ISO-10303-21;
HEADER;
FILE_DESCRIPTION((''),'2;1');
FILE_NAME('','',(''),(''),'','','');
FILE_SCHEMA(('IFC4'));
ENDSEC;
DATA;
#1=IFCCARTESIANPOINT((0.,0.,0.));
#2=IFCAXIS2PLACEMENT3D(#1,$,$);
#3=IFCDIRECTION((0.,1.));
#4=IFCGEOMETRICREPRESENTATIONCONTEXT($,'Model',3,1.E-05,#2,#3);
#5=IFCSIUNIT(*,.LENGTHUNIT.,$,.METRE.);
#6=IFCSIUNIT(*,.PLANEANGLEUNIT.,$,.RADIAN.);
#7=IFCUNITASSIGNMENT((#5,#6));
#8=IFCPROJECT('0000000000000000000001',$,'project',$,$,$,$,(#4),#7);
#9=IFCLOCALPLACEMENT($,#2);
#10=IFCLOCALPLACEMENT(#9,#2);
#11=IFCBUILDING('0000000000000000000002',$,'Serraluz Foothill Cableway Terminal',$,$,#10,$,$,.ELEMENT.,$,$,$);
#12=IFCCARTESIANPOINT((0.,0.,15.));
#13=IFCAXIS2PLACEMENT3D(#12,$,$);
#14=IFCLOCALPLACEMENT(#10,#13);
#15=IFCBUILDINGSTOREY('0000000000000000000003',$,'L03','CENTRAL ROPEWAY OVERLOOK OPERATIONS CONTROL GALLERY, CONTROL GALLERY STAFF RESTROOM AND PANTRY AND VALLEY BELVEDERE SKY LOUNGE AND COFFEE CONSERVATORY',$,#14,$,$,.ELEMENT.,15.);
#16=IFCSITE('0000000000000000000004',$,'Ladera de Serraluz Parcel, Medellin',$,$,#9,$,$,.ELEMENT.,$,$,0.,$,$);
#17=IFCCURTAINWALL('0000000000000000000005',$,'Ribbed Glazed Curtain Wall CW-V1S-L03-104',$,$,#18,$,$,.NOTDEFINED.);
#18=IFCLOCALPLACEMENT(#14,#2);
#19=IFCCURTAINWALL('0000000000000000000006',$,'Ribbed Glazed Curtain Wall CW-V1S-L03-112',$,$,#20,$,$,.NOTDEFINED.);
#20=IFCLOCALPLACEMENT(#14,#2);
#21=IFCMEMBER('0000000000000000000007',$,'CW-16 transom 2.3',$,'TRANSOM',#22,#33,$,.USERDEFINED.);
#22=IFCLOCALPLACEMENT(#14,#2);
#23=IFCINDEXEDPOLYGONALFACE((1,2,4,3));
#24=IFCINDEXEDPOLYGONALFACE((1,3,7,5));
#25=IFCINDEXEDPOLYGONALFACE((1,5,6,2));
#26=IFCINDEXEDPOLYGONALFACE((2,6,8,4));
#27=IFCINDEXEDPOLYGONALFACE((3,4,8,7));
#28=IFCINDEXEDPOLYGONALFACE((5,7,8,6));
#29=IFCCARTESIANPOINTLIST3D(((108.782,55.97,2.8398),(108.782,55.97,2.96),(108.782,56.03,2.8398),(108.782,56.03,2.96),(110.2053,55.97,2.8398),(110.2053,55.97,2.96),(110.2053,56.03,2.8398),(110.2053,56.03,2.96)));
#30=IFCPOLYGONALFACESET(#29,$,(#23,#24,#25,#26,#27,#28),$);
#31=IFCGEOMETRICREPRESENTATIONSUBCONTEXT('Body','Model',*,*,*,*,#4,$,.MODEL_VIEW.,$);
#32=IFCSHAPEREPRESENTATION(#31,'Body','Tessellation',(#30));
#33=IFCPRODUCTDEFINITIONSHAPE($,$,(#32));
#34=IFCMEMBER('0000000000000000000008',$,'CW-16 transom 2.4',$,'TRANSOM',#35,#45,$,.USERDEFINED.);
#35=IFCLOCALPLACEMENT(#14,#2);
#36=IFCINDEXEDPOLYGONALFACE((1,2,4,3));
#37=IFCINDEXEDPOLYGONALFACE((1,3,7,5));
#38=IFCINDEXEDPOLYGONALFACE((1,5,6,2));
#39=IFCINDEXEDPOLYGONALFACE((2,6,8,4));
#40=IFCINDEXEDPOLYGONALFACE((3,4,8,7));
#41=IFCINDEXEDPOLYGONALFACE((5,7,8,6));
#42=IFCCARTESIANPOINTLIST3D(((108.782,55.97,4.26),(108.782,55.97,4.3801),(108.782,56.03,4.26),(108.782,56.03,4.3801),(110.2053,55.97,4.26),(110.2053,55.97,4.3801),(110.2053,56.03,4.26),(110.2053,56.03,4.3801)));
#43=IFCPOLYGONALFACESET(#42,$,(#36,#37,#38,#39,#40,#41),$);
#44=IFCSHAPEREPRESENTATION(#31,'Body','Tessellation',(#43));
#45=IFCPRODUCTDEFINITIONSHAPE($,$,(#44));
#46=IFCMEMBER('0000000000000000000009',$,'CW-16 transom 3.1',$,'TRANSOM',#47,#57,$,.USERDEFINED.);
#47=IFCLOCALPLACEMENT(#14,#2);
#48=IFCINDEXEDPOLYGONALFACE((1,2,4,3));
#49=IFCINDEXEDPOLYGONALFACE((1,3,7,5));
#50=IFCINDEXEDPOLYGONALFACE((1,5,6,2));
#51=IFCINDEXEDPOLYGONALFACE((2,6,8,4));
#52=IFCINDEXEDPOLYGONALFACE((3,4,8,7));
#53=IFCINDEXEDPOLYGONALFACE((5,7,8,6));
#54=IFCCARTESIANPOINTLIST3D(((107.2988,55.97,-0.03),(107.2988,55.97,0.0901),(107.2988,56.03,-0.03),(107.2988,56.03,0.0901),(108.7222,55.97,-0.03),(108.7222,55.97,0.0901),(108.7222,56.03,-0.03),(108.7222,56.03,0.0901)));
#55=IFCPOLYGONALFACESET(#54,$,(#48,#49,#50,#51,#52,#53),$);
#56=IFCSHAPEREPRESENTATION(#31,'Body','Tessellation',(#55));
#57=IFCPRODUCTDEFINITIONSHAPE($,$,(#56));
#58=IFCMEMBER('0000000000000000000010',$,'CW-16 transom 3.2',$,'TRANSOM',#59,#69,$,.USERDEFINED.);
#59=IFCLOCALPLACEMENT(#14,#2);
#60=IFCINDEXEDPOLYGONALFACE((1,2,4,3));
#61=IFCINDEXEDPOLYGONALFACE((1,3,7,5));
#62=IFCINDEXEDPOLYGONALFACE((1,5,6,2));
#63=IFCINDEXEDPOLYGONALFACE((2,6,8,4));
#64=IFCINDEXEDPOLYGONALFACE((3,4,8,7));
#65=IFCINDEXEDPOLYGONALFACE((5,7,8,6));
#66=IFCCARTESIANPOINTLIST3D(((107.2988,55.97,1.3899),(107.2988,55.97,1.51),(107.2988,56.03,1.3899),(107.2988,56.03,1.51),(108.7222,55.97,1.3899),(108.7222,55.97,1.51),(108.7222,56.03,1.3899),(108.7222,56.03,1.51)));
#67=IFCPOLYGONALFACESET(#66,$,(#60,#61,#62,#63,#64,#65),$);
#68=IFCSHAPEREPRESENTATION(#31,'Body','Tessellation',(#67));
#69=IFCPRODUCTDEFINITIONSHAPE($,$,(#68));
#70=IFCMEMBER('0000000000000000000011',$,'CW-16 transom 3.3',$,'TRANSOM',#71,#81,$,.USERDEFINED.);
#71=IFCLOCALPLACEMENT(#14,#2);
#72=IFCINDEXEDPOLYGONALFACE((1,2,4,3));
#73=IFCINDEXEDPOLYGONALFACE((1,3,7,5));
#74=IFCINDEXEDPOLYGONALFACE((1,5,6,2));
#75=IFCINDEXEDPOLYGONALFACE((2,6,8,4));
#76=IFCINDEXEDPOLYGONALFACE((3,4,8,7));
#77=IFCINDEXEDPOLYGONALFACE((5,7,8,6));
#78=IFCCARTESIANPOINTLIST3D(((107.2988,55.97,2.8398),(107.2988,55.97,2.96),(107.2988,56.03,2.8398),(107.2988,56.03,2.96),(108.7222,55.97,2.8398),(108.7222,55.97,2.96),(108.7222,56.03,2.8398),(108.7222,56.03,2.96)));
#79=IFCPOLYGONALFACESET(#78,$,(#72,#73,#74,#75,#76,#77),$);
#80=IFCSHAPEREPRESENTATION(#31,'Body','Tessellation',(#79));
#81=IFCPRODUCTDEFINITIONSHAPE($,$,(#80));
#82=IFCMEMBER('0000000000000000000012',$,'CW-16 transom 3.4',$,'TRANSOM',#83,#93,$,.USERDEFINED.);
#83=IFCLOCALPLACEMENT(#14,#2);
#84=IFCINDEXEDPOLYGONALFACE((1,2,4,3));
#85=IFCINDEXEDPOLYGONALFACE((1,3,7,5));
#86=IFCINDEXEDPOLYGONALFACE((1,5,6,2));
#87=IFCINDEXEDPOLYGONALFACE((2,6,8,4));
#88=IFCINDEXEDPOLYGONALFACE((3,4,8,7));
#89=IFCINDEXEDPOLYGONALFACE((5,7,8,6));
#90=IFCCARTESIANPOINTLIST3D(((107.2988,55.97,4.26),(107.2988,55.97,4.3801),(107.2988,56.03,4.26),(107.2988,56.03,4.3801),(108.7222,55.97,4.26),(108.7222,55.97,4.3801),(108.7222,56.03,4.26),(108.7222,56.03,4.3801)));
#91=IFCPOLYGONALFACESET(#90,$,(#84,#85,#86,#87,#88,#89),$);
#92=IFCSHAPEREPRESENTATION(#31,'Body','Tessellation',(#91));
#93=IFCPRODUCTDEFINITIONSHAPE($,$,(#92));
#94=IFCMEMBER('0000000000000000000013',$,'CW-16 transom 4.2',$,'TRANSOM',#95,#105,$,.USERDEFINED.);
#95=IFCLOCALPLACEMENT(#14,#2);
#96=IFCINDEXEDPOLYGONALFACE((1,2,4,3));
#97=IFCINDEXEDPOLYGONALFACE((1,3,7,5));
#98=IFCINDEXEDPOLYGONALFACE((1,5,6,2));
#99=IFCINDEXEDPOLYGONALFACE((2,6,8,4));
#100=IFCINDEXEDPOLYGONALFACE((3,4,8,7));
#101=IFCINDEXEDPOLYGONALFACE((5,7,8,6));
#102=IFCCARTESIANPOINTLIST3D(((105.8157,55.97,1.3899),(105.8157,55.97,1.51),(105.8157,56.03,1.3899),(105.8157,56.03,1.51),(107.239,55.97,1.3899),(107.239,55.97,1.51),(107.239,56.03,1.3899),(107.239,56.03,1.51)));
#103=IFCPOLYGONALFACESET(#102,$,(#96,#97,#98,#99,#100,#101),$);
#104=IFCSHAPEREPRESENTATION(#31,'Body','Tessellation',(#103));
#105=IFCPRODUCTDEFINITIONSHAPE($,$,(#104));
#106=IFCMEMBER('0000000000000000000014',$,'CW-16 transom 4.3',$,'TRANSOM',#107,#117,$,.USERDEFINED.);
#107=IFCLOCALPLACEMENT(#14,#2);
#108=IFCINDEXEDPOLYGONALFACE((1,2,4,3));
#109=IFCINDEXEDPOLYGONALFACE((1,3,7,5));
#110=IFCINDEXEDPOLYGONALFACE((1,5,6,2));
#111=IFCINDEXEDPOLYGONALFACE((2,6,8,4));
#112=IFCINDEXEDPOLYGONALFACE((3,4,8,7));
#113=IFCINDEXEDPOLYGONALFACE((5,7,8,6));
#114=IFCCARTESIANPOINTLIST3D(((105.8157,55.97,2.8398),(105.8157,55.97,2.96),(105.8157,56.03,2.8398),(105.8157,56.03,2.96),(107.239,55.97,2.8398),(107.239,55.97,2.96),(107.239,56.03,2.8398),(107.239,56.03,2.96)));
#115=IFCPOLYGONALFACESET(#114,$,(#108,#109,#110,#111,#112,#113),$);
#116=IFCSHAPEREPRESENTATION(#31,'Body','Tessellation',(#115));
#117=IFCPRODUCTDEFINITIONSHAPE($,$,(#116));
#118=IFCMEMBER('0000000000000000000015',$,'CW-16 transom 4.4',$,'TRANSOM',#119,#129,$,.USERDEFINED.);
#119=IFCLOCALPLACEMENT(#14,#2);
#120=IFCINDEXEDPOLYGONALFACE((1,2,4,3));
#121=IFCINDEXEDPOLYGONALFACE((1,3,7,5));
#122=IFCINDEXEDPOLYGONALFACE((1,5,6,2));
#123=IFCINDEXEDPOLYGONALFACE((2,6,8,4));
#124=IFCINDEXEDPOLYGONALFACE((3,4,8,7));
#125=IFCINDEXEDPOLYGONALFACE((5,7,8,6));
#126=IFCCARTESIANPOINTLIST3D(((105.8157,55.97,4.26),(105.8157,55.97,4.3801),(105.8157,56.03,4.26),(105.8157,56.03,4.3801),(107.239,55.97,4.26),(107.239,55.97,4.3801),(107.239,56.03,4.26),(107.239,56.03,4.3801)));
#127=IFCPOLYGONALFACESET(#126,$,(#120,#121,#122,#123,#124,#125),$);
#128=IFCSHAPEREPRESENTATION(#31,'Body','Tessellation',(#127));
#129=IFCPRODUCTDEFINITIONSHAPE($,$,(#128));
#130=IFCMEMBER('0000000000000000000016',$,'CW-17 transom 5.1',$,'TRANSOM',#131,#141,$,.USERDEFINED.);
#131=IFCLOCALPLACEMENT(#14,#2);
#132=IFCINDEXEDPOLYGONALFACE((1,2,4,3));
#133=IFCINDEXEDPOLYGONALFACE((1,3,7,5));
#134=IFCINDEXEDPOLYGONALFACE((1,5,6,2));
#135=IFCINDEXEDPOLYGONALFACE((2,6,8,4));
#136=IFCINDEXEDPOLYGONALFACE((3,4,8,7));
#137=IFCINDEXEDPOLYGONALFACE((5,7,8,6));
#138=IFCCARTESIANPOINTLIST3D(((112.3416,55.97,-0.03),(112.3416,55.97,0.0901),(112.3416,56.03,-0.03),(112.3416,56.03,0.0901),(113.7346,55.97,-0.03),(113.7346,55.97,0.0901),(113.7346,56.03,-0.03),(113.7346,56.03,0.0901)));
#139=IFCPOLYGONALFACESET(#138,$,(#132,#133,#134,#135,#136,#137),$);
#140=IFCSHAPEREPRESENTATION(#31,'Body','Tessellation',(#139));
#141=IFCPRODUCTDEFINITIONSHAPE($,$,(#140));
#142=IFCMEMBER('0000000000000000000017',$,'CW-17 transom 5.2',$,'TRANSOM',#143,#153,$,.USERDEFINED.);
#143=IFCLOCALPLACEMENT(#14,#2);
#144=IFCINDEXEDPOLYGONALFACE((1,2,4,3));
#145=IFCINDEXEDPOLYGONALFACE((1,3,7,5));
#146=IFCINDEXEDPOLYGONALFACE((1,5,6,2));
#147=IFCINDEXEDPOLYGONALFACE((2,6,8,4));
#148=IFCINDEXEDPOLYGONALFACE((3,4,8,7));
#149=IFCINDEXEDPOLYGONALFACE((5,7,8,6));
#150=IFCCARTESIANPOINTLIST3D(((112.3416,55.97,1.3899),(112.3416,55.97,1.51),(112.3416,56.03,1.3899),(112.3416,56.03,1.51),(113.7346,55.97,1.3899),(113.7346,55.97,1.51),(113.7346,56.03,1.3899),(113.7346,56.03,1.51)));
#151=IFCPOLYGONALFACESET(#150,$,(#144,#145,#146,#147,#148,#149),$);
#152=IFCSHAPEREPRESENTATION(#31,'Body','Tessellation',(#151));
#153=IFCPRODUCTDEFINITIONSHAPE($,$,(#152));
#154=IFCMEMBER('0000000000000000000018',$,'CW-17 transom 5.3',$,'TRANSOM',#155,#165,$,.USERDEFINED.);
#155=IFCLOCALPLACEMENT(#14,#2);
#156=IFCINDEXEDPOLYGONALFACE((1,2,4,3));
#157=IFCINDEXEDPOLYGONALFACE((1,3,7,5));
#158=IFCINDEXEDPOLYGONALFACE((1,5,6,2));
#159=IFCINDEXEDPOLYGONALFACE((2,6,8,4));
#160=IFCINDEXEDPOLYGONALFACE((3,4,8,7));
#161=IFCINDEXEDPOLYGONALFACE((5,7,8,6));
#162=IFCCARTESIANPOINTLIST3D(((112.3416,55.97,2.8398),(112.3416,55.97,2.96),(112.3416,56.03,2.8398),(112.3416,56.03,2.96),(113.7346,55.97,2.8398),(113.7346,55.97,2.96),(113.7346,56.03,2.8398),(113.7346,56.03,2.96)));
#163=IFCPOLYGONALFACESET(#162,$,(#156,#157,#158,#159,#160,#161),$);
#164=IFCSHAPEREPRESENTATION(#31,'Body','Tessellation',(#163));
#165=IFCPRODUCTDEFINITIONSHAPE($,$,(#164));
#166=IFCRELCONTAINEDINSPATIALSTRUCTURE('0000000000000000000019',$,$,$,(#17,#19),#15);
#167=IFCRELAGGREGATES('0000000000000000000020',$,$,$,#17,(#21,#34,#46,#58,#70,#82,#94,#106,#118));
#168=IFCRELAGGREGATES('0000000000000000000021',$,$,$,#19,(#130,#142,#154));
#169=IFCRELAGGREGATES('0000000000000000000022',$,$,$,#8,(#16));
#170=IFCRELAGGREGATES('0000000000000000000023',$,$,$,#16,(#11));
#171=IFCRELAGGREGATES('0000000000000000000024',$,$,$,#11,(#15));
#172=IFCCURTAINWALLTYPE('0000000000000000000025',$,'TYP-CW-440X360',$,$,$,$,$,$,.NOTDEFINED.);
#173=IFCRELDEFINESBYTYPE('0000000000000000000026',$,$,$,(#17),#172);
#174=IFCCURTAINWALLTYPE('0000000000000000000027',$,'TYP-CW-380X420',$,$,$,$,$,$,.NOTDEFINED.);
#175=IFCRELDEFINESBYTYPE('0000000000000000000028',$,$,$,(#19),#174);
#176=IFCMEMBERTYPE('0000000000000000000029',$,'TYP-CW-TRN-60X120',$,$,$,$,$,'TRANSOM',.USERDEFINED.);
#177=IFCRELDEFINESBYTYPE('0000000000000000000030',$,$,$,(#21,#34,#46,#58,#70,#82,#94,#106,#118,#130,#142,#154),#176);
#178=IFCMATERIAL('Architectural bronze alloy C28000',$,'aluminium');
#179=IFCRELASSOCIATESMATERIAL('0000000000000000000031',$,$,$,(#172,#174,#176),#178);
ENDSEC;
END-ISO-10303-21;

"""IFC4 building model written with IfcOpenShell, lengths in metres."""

from ifc_helpers import new_model, si_unit, direction, frame, origin, origin_2d, place, context, subcontext, project, spatial, rectangle, extrude, material, material_profile, profile_set, type_object, element, aggregate, save


model = new_model("IFC4")

# Units and contexts
model_context = context("Model", 3, precision=1e-05, world=origin(), true_north=direction((0.0, 1.0)))
body_context = subcontext(model_context, "Body", "Model", "MODEL_VIEW")
ifc_project = project(units=[si_unit("LENGTHUNIT", "METRE"), si_unit("PLANEANGLEUNIT", "RADIAN")], contexts=[model_context])

# Site, building, storey
site_placement = place(None, origin())
site = spatial("IfcSite", under=ifc_project, at=site_placement, Name="Ladera de Serraluz Parcel, Medellin", CompositionType="ELEMENT", RefElevation=0.0)
building_placement = place(site_placement, origin())
building = spatial("IfcBuilding", under=site, at=building_placement, Name="Serraluz Foothill Cableway Terminal", CompositionType="ELEMENT")
storey_placement = place(building_placement, frame((0.0, 0.0, 15.0)))
storey = spatial("IfcBuildingStorey", under=building, at=storey_placement, Name="L03", Description="CENTRAL ROPEWAY OVERLOOK OPERATIONS CONTROL GALLERY, CONTROL GALLERY STAFF RESTROOM AND PANTRY AND VALLEY BELVEDERE SKY LOUNGE AND COFFEE CONSERVATORY", CompositionType="ELEMENT", Elevation=15.0)

# Curtain wall
ifc_material_1 = material(Name="Architectural bronze alloy C28000", Category="aluminium")
curtain_wall_type_1 = type_object("IfcCurtainWallType", Name="TYP-CW-440X360", PredefinedType="NOTDEFINED", material=ifc_material_1)
curtain_wall_1_placement = place(storey_placement, origin())
curtain_wall_1 = element("IfcCurtainWall", 1, at=curtain_wall_1_placement, inside=storey, type_object=curtain_wall_type_1, Name="Ribbed Glazed Curtain Wall CW-V1S-L03-104", PredefinedType="NOTDEFINED")

# Curtain wall
curtain_wall_type_2 = type_object("IfcCurtainWallType", Name="TYP-CW-380X420", PredefinedType="NOTDEFINED", material=ifc_material_1)
curtain_wall_2_placement = place(storey_placement, origin())
curtain_wall_2 = element("IfcCurtainWall", 2, at=curtain_wall_2_placement, inside=storey, type_object=curtain_wall_type_2, Name="Ribbed Glazed Curtain Wall CW-V1S-L03-112", PredefinedType="NOTDEFINED")

# Members
ifc_material_profile_1 = material_profile(ifc_material_1, rectangle(XDim=0.0601, YDim=0.1201, at=origin_2d()), Name="ALU TRANSOM 60x120")
ifc_profile_set_1 = profile_set([ifc_material_profile_1], Name="Architectural bronze alloy C28000")
member_type_1 = type_object("IfcMemberType", Name="TYP-CW-TRN-60X120", ElementType="TRANSOM", PredefinedType="USERDEFINED", material=ifc_profile_set_1)
member_1_placement = place(storey_placement, frame((110.2053, 56.0, 2.8999), z_axis=(-1.0, 0.0, 0.0), x_axis=(0.0, -1.0, 0.0)))
member_1 = element("IfcMember", 3, at=member_1_placement, type_object=member_type_1, Name="CW-16 transom 2.3", ObjectType="TRANSOM", PredefinedType="USERDEFINED", context=body_context, shape_type="SweptSolid", body=[
    extrude(rectangle(XDim=0.0601, YDim=0.1201, at=origin_2d()), origin(), (0.0, 0.0, 1.0), 1.4233),
])
member_2_placement = place(storey_placement, frame((110.2053, 56.0, 4.3201), z_axis=(-1.0, 0.0, 0.0), x_axis=(0.0, -1.0, 0.0)))
member_2 = element("IfcMember", 4, at=member_2_placement, type_object=member_type_1, Name="CW-16 transom 2.4", ObjectType="TRANSOM", PredefinedType="USERDEFINED", context=body_context, shape_type="SweptSolid", body=[
    extrude(rectangle(XDim=0.0601, YDim=0.1201, at=origin_2d()), origin(), (0.0, 0.0, 1.0), 1.4233),
])
member_3_placement = place(storey_placement, frame((108.7222, 56.0, 0.03), z_axis=(-1.0, 0.0, 0.0), x_axis=(0.0, -1.0, 0.0)))
member_3 = element("IfcMember", 5, at=member_3_placement, type_object=member_type_1, Name="CW-16 transom 3.1", ObjectType="TRANSOM", PredefinedType="USERDEFINED", context=body_context, shape_type="SweptSolid", body=[
    extrude(rectangle(XDim=0.0601, YDim=0.1201, at=origin_2d()), origin(), (0.0, 0.0, 1.0), 1.4233),
])
member_4_placement = place(storey_placement, frame((108.7222, 56.0, 1.45), z_axis=(-1.0, 0.0, 0.0), x_axis=(0.0, -1.0, 0.0)))
member_4 = element("IfcMember", 6, at=member_4_placement, type_object=member_type_1, Name="CW-16 transom 3.2", ObjectType="TRANSOM", PredefinedType="USERDEFINED", context=body_context, shape_type="SweptSolid", body=[
    extrude(rectangle(XDim=0.0601, YDim=0.1201, at=origin_2d()), origin(), (0.0, 0.0, 1.0), 1.4233),
])
member_5_placement = place(storey_placement, frame((108.7222, 56.0, 2.8999), z_axis=(-1.0, 0.0, 0.0), x_axis=(0.0, -1.0, 0.0)))
member_5 = element("IfcMember", 7, at=member_5_placement, type_object=member_type_1, Name="CW-16 transom 3.3", ObjectType="TRANSOM", PredefinedType="USERDEFINED", context=body_context, shape_type="SweptSolid", body=[
    extrude(rectangle(XDim=0.0601, YDim=0.1201, at=origin_2d()), origin(), (0.0, 0.0, 1.0), 1.4233),
])
member_6_placement = place(storey_placement, frame((108.7222, 56.0, 4.3201), z_axis=(-1.0, 0.0, 0.0), x_axis=(0.0, -1.0, 0.0)))
member_6 = element("IfcMember", 8, at=member_6_placement, type_object=member_type_1, Name="CW-16 transom 3.4", ObjectType="TRANSOM", PredefinedType="USERDEFINED", context=body_context, shape_type="SweptSolid", body=[
    extrude(rectangle(XDim=0.0601, YDim=0.1201, at=origin_2d()), origin(), (0.0, 0.0, 1.0), 1.4233),
])
member_7_placement = place(storey_placement, frame((107.239, 56.0, 1.45), z_axis=(-1.0, 0.0, 0.0), x_axis=(0.0, -1.0, 0.0)))
member_7 = element("IfcMember", 9, at=member_7_placement, type_object=member_type_1, Name="CW-16 transom 4.2", ObjectType="TRANSOM", PredefinedType="USERDEFINED", context=body_context, shape_type="SweptSolid", body=[
    extrude(rectangle(XDim=0.0601, YDim=0.1201, at=origin_2d()), origin(), (0.0, 0.0, 1.0), 1.4233),
])
member_8_placement = place(storey_placement, frame((107.239, 56.0, 2.8999), z_axis=(-1.0, 0.0, 0.0), x_axis=(0.0, -1.0, 0.0)))
member_8 = element("IfcMember", 10, at=member_8_placement, type_object=member_type_1, Name="CW-16 transom 4.3", ObjectType="TRANSOM", PredefinedType="USERDEFINED", context=body_context, shape_type="SweptSolid", body=[
    extrude(rectangle(XDim=0.0601, YDim=0.1201, at=origin_2d()), origin(), (0.0, 0.0, 1.0), 1.4233),
])
member_9_placement = place(storey_placement, frame((107.239, 56.0, 4.3201), z_axis=(-1.0, 0.0, 0.0), x_axis=(0.0, -1.0, 0.0)))
member_9 = element("IfcMember", 11, at=member_9_placement, type_object=member_type_1, Name="CW-16 transom 4.4", ObjectType="TRANSOM", PredefinedType="USERDEFINED", context=body_context, shape_type="SweptSolid", body=[
    extrude(rectangle(XDim=0.0601, YDim=0.1201, at=origin_2d()), origin(), (0.0, 0.0, 1.0), 1.4233),
])
member_10_placement = place(storey_placement, frame((113.7346, 56.0, 0.03), z_axis=(-1.0, 0.0, 0.0), x_axis=(0.0, -1.0, 0.0)))
member_10 = element("IfcMember", 12, at=member_10_placement, type_object=member_type_1, Name="CW-17 transom 5.1", ObjectType="TRANSOM", PredefinedType="USERDEFINED", context=body_context, shape_type="SweptSolid", body=[
    extrude(rectangle(XDim=0.0601, YDim=0.1201, at=origin_2d()), origin(), (0.0, 0.0, 1.0), 1.3931),
])
member_11_placement = place(storey_placement, frame((113.7346, 56.0, 1.45), z_axis=(-1.0, 0.0, 0.0), x_axis=(0.0, -1.0, 0.0)))
member_11 = element("IfcMember", 13, at=member_11_placement, type_object=member_type_1, Name="CW-17 transom 5.2", ObjectType="TRANSOM", PredefinedType="USERDEFINED", context=body_context, shape_type="SweptSolid", body=[
    extrude(rectangle(XDim=0.0601, YDim=0.1201, at=origin_2d()), origin(), (0.0, 0.0, 1.0), 1.3931),
])
member_12_placement = place(storey_placement, frame((113.7346, 56.0, 2.8999), z_axis=(-1.0, 0.0, 0.0), x_axis=(0.0, -1.0, 0.0)))
member_12 = element("IfcMember", 14, at=member_12_placement, type_object=member_type_1, Name="CW-17 transom 5.3", ObjectType="TRANSOM", PredefinedType="USERDEFINED", context=body_context, shape_type="SweptSolid", body=[
    extrude(rectangle(XDim=0.0601, YDim=0.1201, at=origin_2d()), origin(), (0.0, 0.0, 1.0), 1.3931),
])

aggregate(curtain_wall_1, [member_1, member_2, member_3, member_4, member_5, member_6, member_7, member_8, member_9])
aggregate(curtain_wall_2, [member_10, member_11, member_12])

save(model, "model.ifc")
